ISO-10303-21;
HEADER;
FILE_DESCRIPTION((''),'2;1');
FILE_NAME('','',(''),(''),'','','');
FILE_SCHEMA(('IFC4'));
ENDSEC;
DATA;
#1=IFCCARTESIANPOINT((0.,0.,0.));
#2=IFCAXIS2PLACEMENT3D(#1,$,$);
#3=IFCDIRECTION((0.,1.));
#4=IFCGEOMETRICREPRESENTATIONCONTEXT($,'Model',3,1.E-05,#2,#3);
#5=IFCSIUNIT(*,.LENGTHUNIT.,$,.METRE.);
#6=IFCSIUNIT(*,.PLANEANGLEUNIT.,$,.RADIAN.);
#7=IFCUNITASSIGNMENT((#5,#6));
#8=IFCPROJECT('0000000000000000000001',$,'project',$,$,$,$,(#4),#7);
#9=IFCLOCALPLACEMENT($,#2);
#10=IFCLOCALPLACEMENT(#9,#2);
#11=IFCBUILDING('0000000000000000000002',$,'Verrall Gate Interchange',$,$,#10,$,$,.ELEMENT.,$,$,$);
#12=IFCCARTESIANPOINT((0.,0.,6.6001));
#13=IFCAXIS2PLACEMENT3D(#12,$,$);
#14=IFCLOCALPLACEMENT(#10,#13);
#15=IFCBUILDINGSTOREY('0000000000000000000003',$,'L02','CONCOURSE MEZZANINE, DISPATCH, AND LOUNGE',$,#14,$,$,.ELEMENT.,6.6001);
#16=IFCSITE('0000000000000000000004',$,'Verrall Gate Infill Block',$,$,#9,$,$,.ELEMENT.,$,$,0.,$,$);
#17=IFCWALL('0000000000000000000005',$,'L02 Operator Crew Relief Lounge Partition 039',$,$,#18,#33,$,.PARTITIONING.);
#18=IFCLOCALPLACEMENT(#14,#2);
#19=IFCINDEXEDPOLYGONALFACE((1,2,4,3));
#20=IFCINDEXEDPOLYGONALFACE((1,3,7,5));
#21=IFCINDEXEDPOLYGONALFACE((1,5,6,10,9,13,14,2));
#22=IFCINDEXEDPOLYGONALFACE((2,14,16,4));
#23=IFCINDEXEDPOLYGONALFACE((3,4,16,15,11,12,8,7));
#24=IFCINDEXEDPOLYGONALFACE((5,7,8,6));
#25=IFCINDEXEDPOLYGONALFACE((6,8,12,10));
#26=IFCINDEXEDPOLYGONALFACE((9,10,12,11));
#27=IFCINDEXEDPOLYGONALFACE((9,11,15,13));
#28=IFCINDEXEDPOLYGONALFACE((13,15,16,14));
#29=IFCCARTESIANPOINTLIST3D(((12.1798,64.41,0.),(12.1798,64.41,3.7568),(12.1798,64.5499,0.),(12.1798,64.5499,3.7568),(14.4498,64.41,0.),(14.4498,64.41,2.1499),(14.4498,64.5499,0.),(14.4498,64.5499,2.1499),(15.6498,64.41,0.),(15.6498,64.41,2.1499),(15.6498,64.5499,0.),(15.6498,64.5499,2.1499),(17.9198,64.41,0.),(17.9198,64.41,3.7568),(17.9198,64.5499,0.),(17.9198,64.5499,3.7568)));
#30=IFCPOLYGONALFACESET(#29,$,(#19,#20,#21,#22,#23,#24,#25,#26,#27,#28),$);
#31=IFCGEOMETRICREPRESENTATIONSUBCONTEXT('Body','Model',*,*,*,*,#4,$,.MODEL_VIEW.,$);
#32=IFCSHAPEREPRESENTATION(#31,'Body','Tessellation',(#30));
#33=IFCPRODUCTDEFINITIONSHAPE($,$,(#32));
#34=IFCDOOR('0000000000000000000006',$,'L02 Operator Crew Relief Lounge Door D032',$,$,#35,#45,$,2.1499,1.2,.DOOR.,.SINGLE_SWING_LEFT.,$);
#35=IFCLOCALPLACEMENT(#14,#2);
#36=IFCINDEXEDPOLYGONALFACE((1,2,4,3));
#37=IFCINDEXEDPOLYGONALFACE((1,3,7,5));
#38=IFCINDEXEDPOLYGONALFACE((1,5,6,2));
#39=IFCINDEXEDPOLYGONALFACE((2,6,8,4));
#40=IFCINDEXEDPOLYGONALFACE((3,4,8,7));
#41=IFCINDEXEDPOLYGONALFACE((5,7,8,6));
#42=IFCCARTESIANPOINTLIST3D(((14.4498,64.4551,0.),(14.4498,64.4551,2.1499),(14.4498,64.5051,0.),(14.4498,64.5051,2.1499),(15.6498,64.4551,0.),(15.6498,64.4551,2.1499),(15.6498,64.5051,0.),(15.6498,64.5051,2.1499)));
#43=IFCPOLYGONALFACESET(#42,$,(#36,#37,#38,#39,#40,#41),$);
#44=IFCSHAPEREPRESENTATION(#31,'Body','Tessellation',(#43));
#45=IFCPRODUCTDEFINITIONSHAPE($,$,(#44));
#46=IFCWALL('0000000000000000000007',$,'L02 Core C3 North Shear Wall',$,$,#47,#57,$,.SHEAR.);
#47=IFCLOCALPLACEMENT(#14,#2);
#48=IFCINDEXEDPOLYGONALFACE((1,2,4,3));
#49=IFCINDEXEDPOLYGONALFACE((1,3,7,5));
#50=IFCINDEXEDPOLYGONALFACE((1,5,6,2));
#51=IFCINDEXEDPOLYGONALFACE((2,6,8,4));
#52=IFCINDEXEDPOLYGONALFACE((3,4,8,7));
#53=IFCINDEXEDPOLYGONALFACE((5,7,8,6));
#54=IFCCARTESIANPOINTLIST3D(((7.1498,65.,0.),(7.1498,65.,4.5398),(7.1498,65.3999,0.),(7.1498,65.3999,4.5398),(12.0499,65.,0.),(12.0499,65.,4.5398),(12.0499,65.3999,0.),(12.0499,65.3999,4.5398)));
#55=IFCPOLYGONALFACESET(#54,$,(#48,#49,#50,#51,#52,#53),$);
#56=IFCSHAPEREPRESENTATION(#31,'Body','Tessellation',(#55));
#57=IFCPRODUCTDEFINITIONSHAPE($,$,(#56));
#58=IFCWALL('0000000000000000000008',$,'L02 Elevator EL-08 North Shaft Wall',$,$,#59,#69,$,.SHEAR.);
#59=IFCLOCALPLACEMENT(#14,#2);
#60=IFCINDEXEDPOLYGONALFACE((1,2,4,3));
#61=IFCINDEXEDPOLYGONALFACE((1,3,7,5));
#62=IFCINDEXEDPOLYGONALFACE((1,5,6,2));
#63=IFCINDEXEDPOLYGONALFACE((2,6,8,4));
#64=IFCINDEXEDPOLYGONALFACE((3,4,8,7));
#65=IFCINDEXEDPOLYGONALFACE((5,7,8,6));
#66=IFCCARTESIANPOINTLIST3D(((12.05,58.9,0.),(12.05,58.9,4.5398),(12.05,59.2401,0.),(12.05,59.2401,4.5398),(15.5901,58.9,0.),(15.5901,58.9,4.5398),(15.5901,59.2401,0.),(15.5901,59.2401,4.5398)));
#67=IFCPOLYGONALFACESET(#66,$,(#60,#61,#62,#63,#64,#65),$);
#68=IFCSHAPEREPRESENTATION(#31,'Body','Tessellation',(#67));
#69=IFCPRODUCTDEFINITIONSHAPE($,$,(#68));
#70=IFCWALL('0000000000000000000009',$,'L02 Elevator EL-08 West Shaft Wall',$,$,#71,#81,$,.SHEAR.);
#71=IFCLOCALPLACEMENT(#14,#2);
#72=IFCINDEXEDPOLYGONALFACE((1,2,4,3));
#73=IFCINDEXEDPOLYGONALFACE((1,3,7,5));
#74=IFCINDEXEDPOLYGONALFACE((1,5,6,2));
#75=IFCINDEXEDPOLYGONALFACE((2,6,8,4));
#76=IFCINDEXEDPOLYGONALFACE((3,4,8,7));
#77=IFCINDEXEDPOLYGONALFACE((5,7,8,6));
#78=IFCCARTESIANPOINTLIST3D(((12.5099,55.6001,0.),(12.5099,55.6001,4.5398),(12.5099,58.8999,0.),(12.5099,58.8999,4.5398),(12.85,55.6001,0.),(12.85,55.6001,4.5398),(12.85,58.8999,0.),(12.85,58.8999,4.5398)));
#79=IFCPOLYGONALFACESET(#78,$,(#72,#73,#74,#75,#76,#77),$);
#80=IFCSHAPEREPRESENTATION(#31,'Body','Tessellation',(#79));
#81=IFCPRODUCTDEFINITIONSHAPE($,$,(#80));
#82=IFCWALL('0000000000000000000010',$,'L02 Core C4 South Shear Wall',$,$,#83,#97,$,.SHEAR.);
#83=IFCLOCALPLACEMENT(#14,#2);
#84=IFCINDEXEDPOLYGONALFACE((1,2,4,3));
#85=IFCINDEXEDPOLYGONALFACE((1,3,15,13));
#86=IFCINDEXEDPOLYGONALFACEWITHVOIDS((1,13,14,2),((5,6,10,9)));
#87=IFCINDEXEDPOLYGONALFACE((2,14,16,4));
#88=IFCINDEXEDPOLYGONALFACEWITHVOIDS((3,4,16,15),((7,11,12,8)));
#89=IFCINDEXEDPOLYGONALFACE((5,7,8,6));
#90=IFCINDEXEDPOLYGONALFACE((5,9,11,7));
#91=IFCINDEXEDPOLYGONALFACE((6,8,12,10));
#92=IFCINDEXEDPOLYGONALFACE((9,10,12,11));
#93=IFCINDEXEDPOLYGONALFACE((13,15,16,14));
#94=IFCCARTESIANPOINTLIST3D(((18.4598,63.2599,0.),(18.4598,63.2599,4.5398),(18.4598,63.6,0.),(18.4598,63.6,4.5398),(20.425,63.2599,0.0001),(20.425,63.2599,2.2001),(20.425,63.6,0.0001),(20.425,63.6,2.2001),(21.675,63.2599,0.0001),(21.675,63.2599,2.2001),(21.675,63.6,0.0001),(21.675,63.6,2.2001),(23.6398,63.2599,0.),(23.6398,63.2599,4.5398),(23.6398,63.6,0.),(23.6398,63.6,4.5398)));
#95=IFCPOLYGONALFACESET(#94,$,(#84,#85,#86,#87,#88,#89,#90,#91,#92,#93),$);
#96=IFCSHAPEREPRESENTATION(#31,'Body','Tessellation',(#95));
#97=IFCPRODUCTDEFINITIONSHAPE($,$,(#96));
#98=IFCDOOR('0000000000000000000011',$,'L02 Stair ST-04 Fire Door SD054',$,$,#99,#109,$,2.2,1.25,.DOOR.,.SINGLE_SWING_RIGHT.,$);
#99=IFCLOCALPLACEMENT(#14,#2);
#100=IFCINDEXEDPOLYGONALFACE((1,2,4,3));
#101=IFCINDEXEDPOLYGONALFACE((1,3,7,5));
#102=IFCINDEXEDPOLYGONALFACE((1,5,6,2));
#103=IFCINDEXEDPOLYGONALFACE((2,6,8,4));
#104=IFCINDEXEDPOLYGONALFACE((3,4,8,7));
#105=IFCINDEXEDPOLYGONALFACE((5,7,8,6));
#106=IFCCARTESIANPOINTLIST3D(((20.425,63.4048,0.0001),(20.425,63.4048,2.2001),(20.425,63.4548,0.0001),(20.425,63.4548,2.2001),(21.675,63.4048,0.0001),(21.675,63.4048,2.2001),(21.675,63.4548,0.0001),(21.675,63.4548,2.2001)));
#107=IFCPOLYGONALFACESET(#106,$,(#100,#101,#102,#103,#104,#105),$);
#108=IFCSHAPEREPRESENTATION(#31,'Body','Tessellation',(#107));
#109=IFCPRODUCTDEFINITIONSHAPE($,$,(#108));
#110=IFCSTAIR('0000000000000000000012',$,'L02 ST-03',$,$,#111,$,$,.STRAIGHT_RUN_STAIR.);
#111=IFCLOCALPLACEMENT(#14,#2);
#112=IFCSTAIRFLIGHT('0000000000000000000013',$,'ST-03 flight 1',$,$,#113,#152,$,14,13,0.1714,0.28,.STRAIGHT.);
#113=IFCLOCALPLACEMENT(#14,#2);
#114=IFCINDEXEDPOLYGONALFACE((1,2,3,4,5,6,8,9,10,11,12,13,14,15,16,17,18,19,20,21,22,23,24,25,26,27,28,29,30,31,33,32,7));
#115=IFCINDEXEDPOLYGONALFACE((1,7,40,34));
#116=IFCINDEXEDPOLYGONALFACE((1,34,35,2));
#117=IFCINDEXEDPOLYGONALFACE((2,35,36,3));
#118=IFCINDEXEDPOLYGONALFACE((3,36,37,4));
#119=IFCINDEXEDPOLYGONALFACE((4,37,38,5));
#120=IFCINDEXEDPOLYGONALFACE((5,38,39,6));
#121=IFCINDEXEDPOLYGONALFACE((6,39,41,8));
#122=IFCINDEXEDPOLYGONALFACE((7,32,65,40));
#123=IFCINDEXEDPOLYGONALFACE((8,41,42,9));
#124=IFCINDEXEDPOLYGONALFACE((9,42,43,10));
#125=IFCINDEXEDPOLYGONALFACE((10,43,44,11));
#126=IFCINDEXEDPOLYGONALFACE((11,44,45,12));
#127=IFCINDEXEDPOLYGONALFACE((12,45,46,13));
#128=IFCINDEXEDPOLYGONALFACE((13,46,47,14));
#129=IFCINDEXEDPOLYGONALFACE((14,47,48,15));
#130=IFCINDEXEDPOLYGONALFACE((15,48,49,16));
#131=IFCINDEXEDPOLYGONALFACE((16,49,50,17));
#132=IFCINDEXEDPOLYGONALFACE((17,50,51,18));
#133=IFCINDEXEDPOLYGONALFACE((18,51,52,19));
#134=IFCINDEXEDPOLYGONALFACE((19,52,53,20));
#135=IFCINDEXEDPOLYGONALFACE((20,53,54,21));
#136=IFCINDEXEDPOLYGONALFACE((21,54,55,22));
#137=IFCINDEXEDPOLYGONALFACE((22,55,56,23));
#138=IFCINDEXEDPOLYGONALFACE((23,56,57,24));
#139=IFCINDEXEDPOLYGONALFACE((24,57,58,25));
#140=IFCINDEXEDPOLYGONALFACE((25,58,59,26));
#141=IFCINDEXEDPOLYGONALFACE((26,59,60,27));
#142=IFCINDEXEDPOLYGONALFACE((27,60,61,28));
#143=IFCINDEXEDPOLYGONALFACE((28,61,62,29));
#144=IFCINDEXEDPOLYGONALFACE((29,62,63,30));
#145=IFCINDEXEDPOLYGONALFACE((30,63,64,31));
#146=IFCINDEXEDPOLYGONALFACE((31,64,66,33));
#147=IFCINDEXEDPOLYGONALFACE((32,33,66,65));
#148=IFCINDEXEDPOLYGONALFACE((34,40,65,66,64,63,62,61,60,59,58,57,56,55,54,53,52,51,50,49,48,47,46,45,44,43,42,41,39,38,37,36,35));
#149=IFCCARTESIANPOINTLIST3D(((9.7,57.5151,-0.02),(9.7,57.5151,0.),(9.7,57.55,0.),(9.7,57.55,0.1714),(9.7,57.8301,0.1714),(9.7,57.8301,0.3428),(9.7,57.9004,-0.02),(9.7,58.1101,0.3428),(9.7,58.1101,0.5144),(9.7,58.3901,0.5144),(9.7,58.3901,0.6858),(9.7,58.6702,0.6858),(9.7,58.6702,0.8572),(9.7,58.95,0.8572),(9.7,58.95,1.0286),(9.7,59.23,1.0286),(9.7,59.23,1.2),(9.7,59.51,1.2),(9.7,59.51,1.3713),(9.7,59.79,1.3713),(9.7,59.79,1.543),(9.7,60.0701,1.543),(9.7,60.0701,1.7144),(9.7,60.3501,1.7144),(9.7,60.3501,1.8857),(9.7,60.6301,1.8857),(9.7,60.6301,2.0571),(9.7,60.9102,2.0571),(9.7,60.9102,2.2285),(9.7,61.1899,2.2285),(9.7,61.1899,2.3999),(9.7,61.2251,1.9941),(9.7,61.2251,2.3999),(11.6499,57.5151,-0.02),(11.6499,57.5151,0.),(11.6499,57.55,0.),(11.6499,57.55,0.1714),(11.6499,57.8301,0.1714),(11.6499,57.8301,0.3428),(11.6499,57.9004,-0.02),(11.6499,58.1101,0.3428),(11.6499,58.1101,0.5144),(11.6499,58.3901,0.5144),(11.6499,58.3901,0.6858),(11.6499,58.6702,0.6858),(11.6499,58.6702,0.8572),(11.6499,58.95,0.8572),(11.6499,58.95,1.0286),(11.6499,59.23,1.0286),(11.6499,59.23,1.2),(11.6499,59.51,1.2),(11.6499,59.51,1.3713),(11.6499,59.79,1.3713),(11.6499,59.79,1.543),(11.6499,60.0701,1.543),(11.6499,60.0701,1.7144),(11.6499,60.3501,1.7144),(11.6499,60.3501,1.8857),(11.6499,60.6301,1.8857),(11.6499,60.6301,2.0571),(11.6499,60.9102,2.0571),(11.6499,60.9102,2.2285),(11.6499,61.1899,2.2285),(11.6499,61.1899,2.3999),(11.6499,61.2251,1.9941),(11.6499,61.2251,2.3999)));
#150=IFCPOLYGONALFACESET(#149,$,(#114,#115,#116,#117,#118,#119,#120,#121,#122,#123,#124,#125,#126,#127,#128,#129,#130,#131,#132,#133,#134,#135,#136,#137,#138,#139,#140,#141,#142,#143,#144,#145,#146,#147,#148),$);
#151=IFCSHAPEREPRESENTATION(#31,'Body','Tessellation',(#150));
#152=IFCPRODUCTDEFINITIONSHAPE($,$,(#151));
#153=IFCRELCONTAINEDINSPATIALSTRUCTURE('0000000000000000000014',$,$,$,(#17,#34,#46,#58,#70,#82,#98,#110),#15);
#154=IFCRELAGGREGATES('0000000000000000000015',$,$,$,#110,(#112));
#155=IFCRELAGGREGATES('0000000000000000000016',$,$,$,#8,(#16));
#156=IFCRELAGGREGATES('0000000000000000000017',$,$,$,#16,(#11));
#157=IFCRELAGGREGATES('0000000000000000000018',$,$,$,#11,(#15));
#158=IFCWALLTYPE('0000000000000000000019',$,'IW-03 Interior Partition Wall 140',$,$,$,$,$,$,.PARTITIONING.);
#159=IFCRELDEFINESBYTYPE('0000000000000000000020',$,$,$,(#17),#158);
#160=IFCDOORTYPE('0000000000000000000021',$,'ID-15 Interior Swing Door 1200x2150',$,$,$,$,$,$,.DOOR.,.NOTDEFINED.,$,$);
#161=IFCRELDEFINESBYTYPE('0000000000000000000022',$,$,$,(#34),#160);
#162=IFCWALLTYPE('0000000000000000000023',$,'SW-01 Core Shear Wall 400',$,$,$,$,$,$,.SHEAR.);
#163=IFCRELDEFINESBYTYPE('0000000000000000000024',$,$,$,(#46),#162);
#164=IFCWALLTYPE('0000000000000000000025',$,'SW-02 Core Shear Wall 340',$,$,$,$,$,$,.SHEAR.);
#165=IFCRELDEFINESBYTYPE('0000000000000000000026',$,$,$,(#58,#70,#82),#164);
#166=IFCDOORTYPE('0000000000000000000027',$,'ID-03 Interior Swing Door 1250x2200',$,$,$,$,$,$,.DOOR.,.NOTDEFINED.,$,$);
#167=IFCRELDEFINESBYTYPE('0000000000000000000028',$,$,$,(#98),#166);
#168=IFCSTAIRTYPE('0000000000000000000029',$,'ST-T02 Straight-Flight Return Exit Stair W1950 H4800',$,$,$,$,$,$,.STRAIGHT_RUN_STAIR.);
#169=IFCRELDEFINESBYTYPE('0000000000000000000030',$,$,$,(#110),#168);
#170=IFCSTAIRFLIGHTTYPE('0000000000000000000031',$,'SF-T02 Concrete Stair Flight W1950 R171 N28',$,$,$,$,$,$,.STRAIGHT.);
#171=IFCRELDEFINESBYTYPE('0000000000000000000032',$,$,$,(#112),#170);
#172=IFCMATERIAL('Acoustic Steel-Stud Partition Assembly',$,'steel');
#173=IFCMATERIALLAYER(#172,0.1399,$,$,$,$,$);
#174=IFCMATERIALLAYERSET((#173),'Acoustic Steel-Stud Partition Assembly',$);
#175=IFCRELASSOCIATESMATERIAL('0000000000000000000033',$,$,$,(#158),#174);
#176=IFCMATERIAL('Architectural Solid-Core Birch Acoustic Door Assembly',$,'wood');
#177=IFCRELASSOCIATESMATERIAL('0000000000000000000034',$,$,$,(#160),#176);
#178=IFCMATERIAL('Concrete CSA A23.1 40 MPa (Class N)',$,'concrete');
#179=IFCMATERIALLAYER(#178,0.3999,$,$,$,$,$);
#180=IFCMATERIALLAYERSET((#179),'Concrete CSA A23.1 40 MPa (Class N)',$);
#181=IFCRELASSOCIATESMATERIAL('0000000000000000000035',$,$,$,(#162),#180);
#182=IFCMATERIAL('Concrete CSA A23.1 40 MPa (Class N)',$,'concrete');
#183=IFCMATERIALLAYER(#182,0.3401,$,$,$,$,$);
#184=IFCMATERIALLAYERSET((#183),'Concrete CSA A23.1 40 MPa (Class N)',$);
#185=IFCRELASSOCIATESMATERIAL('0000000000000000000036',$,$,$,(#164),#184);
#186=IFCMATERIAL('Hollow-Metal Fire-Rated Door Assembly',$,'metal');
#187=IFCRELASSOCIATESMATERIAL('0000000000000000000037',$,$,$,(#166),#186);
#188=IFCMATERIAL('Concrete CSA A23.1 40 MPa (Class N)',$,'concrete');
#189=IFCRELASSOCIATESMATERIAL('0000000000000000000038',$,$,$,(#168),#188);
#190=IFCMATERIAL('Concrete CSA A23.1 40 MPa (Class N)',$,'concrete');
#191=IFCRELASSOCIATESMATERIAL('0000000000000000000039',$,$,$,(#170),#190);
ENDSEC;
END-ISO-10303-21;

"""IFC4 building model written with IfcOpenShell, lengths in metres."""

from ifc_helpers import new_model, si_unit, direction, frame, frame_2d, origin, place, context, subcontext, project, spatial, polyline, rectangle, outline, extrude, material, layer, layer_set, type_object, element, fill, aggregate, save


model = new_model("IFC4")

# Units and contexts
model_context = context("Model", 3, precision=1e-05, world=origin(), true_north=direction((0.0, 1.0)))
body_context = subcontext(model_context, "Body", "Model", "MODEL_VIEW")
ifc_project = project(units=[si_unit("LENGTHUNIT", "METRE"), si_unit("PLANEANGLEUNIT", "RADIAN")], contexts=[model_context])

# Site, building, storey
site_placement = place(None, origin())
site = spatial("IfcSite", under=ifc_project, at=site_placement, Name="Verrall Gate Infill Block", CompositionType="ELEMENT", RefElevation=0.0)
building_placement = place(site_placement, origin())
building = spatial("IfcBuilding", under=site, at=building_placement, Name="Verrall Gate Interchange", CompositionType="ELEMENT")
storey_placement = place(building_placement, frame((0.0, 0.0, 6.6001)))
storey = spatial("IfcBuildingStorey", under=building, at=storey_placement, Name="L02", Description="CONCOURSE MEZZANINE, DISPATCH, AND LOUNGE", CompositionType="ELEMENT", Elevation=6.6001)

# Wall, opening, door
ifc_material_1 = material(Name="Acoustic Steel-Stud Partition Assembly", Category="steel")
ifc_layer_1 = layer(ifc_material_1, 0.1399)
ifc_layer_set_1 = layer_set([ifc_layer_1], Name="Acoustic Steel-Stud Partition Assembly")
wall_type_1 = type_object("IfcWallType", Name="IW-03 Interior Partition Wall 140", PredefinedType="PARTITIONING", material=ifc_layer_set_1)
wall_1_placement = place(storey_placement, frame((17.9199, 64.48, 0.0), z_axis=(0.0, 0.0, 1.0), x_axis=(-1.0, 0.0, 0.0)))
wall_1 = element("IfcWall", 1, at=wall_1_placement, inside=storey, type_object=wall_type_1, Name="L02 Operator Crew Relief Lounge Partition 039", PredefinedType="PARTITIONING", context=body_context, shape_type="SweptSolid", body=[
    extrude(rectangle(XDim=5.74, YDim=0.1399, at=frame_2d((2.8701, 0.0))), origin(), (0.0, 0.0, 1.0), 3.7568),
])
opening_1_placement = place(wall_1_placement, frame((2.27, 0.0, 0.0)))
opening_1 = element("IfcOpeningElement", 2, at=opening_1_placement, cuts=wall_1, PredefinedType="OPENING", context=body_context, shape_type="SweptSolid", body=[
    extrude(rectangle(XDim=1.2, YDim=2.1499, at=frame_2d((0.6001, 1.075))), frame((0.0, 0.085, 0.0), z_axis=(0.0, -1.0, 0.0), x_axis=(1.0, 0.0, 0.0)), (0.0, 0.0, 1.0), 0.1697),
])
ifc_material_2 = material(Name="Architectural Solid-Core Birch Acoustic Door Assembly", Category="wood")
door_type_1 = type_object("IfcDoorType", Name="ID-15 Interior Swing Door 1200x2150", OperationType="NOTDEFINED", PredefinedType="DOOR", material=ifc_material_2)
door_1_placement = place(opening_1_placement, origin())
door_1 = element("IfcDoor", 3, at=door_1_placement, inside=storey, type_object=door_type_1, Name="L02 Operator Crew Relief Lounge Door D032", OperationType="SINGLE_SWING_LEFT", OverallHeight=2.1499, OverallWidth=1.2, PredefinedType="DOOR", context=body_context, shape_type="SweptSolid", body=[
    extrude(rectangle(XDim=1.2, YDim=2.1499, at=frame_2d((0.6001, 1.075))), frame((0.0, 0.0249, 0.0), z_axis=(0.0, -1.0, 0.0), x_axis=(1.0, 0.0, 0.0)), (0.0, 0.0, 1.0), 0.05),
])
fill(opening_1, door_1)

# Walls
ifc_material_3 = material(Name="Concrete CSA A23.1 40 MPa (Class N)", Category="concrete")
ifc_layer_2 = layer(ifc_material_3, 0.3999)
ifc_layer_set_2 = layer_set([ifc_layer_2], Name="Concrete CSA A23.1 40 MPa (Class N)")
wall_type_2 = type_object("IfcWallType", Name="SW-01 Core Shear Wall 400", PredefinedType="SHEAR", material=ifc_layer_set_2)
wall_2_placement = place(storey_placement, frame((12.05, 65.2, 0.0), z_axis=(0.0, 0.0, 1.0), x_axis=(-1.0, 0.0, 0.0)))
element("IfcWall", 4, at=wall_2_placement, inside=storey, type_object=wall_type_2, Name="L02 Core C3 North Shear Wall", PredefinedType="SHEAR", context=body_context, shape_type="SweptSolid", body=[
    extrude(rectangle(XDim=4.9001, YDim=0.3999, at=frame_2d((2.4502, 0.0))), origin(), (0.0, 0.0, 1.0), 4.5398),
])
ifc_material_4 = material(Name="Concrete CSA A23.1 40 MPa (Class N)", Category="concrete")
ifc_layer_3 = layer(ifc_material_4, 0.3401)
ifc_layer_set_3 = layer_set([ifc_layer_3], Name="Concrete CSA A23.1 40 MPa (Class N)")
wall_type_3 = type_object("IfcWallType", Name="SW-02 Core Shear Wall 340", PredefinedType="SHEAR", material=ifc_layer_set_3)
wall_3_placement = place(storey_placement, frame((15.5901, 59.0701, 0.0), z_axis=(0.0, 0.0, 1.0), x_axis=(-1.0, 0.0, 0.0)))
element("IfcWall", 5, at=wall_3_placement, inside=storey, type_object=wall_type_3, Name="L02 Elevator EL-08 North Shaft Wall", PredefinedType="SHEAR", context=body_context, shape_type="SweptSolid", body=[
    extrude(rectangle(XDim=3.54, YDim=0.3401, at=frame_2d((1.77, 0.0))), origin(), (0.0, 0.0, 1.0), 4.5398),
])
wall_4_placement = place(storey_placement, frame((12.6799, 58.8999, 0.0), z_axis=(0.0, 0.0, 1.0), x_axis=(0.0, -1.0, 0.0)))
element("IfcWall", 6, at=wall_4_placement, inside=storey, type_object=wall_type_3, Name="L02 Elevator EL-08 West Shaft Wall", PredefinedType="SHEAR", context=body_context, shape_type="SweptSolid", body=[
    extrude(rectangle(XDim=3.2998, YDim=0.3401, at=frame_2d((1.6499, 0.0))), origin(), (0.0, 0.0, 1.0), 4.5398),
])

# Wall, opening, door
wall_5_placement = place(storey_placement, frame((18.46, 63.4299, 0.0), z_axis=(0.0, 0.0, 1.0), x_axis=(1.0, 0.0, 0.0)))
wall_5 = element("IfcWall", 7, at=wall_5_placement, inside=storey, type_object=wall_type_3, Name="L02 Core C4 South Shear Wall", PredefinedType="SHEAR", context=body_context, shape_type="SweptSolid", body=[
    extrude(rectangle(XDim=5.1799, YDim=0.3401, at=frame_2d((2.5898, 0.0))), origin(), (0.0, 0.0, 1.0), 4.5398),
])
opening_2_placement = place(wall_5_placement, frame((1.9651, 0.0, 0.0)))
opening_2 = element("IfcOpeningElement", 8, at=opening_2_placement, cuts=wall_5, PredefinedType="OPENING", context=body_context, shape_type="SweptSolid", body=[
    extrude(rectangle(XDim=1.25, YDim=2.2, at=frame_2d((0.625, 1.1001))), frame((0.0, 0.1851, 0.0), z_axis=(0.0, -1.0, 0.0), x_axis=(1.0, 0.0, 0.0)), (0.0, 0.0, 1.0), 0.3699),
])
ifc_material_5 = material(Name="Hollow-Metal Fire-Rated Door Assembly", Category="metal")
door_type_2 = type_object("IfcDoorType", Name="ID-03 Interior Swing Door 1250x2200", OperationType="NOTDEFINED", PredefinedType="DOOR", material=ifc_material_5)
door_2_placement = place(opening_2_placement, origin())
door_2 = element("IfcDoor", 9, at=door_2_placement, inside=storey, type_object=door_type_2, Name="L02 Stair ST-04 Fire Door SD054", OperationType="SINGLE_SWING_RIGHT", OverallHeight=2.2, OverallWidth=1.25, PredefinedType="DOOR", context=body_context, shape_type="SweptSolid", body=[
    extrude(rectangle(XDim=1.25, YDim=2.2, at=frame_2d((0.625, 1.1001))), frame((0.0, 0.0249, 0.0), z_axis=(0.0, -1.0, 0.0), x_axis=(1.0, 0.0, 0.0)), (0.0, 0.0, 1.0), 0.05),
])
fill(opening_2, door_2)

# Stair, stair flight
ifc_material_6 = material(Name="Concrete CSA A23.1 40 MPa (Class N)", Category="concrete")
stair_type_1 = type_object("IfcStairType", Name="ST-T02 Straight-Flight Return Exit Stair W1950 H4800", PredefinedType="STRAIGHT_RUN_STAIR", material=ifc_material_6)
stair_1_placement = place(storey_placement, origin())
stair_1 = element("IfcStair", 10, at=stair_1_placement, inside=storey, type_object=stair_type_1, Name="L02 ST-03", PredefinedType="STRAIGHT_RUN_STAIR")
ifc_material_7 = material(Name="Concrete CSA A23.1 40 MPa (Class N)", Category="concrete")
stair_flight_type_1 = type_object("IfcStairFlightType", Name="SF-T02 Concrete Stair Flight W1950 R171 N28", PredefinedType="STRAIGHT", material=ifc_material_7)
stair_flight_1_placement = place(storey_placement, frame((10.675, 57.55, 0.0), z_axis=(0.0, 0.0, 1.0), x_axis=(0.0, 1.0, 0.0)))
stair_flight_1 = element("IfcStairFlight", 11, at=stair_flight_1_placement, type_object=stair_flight_type_1, Name="ST-03 flight 1", NumberOfRisers=14, NumberOfTreads=13, PredefinedType="STRAIGHT", RiserHeight=0.1714, TreadLength=0.28, context=body_context, shape_type="SweptSolid", body=[
    extrude(outline(polyline([(-0.0349, -0.02), (-0.0349, 0.0), (0.0, 0.0), (0.0, 0.1714), (0.28, 0.1714), (0.28, 0.3428), (0.5601, 0.3428), (0.5601, 0.5144), (0.8401, 0.5144), (0.8401, 0.6858), (1.1201, 0.6858), (1.1201, 0.8572), (1.3999, 0.8572), (1.3999, 1.0286), (1.6799, 1.0286), (1.6799, 1.2), (1.96, 1.2), (1.96, 1.3713), (2.24, 1.3713), (2.24, 1.543), (2.52, 1.543), (2.52, 1.7144), (2.8, 1.7144), (2.8, 1.8857), (3.0801, 1.8857), (3.0801, 2.0571), (3.3601, 2.0571), (3.3601, 2.2285), (3.6399, 2.2285), (3.6399, 2.3999), (3.675, 2.3999), (3.675, 1.9941), (0.3503, -0.02), (-0.0349, -0.02)])), frame((0.0, 0.9751, 0.0), z_axis=(0.0, -1.0, 0.0), x_axis=(1.0, 0.0, 0.0)), (0.0, 0.0, 1.0), 1.95),
])
aggregate(stair_1, [stair_flight_1])

save(model, "model.ifc")
